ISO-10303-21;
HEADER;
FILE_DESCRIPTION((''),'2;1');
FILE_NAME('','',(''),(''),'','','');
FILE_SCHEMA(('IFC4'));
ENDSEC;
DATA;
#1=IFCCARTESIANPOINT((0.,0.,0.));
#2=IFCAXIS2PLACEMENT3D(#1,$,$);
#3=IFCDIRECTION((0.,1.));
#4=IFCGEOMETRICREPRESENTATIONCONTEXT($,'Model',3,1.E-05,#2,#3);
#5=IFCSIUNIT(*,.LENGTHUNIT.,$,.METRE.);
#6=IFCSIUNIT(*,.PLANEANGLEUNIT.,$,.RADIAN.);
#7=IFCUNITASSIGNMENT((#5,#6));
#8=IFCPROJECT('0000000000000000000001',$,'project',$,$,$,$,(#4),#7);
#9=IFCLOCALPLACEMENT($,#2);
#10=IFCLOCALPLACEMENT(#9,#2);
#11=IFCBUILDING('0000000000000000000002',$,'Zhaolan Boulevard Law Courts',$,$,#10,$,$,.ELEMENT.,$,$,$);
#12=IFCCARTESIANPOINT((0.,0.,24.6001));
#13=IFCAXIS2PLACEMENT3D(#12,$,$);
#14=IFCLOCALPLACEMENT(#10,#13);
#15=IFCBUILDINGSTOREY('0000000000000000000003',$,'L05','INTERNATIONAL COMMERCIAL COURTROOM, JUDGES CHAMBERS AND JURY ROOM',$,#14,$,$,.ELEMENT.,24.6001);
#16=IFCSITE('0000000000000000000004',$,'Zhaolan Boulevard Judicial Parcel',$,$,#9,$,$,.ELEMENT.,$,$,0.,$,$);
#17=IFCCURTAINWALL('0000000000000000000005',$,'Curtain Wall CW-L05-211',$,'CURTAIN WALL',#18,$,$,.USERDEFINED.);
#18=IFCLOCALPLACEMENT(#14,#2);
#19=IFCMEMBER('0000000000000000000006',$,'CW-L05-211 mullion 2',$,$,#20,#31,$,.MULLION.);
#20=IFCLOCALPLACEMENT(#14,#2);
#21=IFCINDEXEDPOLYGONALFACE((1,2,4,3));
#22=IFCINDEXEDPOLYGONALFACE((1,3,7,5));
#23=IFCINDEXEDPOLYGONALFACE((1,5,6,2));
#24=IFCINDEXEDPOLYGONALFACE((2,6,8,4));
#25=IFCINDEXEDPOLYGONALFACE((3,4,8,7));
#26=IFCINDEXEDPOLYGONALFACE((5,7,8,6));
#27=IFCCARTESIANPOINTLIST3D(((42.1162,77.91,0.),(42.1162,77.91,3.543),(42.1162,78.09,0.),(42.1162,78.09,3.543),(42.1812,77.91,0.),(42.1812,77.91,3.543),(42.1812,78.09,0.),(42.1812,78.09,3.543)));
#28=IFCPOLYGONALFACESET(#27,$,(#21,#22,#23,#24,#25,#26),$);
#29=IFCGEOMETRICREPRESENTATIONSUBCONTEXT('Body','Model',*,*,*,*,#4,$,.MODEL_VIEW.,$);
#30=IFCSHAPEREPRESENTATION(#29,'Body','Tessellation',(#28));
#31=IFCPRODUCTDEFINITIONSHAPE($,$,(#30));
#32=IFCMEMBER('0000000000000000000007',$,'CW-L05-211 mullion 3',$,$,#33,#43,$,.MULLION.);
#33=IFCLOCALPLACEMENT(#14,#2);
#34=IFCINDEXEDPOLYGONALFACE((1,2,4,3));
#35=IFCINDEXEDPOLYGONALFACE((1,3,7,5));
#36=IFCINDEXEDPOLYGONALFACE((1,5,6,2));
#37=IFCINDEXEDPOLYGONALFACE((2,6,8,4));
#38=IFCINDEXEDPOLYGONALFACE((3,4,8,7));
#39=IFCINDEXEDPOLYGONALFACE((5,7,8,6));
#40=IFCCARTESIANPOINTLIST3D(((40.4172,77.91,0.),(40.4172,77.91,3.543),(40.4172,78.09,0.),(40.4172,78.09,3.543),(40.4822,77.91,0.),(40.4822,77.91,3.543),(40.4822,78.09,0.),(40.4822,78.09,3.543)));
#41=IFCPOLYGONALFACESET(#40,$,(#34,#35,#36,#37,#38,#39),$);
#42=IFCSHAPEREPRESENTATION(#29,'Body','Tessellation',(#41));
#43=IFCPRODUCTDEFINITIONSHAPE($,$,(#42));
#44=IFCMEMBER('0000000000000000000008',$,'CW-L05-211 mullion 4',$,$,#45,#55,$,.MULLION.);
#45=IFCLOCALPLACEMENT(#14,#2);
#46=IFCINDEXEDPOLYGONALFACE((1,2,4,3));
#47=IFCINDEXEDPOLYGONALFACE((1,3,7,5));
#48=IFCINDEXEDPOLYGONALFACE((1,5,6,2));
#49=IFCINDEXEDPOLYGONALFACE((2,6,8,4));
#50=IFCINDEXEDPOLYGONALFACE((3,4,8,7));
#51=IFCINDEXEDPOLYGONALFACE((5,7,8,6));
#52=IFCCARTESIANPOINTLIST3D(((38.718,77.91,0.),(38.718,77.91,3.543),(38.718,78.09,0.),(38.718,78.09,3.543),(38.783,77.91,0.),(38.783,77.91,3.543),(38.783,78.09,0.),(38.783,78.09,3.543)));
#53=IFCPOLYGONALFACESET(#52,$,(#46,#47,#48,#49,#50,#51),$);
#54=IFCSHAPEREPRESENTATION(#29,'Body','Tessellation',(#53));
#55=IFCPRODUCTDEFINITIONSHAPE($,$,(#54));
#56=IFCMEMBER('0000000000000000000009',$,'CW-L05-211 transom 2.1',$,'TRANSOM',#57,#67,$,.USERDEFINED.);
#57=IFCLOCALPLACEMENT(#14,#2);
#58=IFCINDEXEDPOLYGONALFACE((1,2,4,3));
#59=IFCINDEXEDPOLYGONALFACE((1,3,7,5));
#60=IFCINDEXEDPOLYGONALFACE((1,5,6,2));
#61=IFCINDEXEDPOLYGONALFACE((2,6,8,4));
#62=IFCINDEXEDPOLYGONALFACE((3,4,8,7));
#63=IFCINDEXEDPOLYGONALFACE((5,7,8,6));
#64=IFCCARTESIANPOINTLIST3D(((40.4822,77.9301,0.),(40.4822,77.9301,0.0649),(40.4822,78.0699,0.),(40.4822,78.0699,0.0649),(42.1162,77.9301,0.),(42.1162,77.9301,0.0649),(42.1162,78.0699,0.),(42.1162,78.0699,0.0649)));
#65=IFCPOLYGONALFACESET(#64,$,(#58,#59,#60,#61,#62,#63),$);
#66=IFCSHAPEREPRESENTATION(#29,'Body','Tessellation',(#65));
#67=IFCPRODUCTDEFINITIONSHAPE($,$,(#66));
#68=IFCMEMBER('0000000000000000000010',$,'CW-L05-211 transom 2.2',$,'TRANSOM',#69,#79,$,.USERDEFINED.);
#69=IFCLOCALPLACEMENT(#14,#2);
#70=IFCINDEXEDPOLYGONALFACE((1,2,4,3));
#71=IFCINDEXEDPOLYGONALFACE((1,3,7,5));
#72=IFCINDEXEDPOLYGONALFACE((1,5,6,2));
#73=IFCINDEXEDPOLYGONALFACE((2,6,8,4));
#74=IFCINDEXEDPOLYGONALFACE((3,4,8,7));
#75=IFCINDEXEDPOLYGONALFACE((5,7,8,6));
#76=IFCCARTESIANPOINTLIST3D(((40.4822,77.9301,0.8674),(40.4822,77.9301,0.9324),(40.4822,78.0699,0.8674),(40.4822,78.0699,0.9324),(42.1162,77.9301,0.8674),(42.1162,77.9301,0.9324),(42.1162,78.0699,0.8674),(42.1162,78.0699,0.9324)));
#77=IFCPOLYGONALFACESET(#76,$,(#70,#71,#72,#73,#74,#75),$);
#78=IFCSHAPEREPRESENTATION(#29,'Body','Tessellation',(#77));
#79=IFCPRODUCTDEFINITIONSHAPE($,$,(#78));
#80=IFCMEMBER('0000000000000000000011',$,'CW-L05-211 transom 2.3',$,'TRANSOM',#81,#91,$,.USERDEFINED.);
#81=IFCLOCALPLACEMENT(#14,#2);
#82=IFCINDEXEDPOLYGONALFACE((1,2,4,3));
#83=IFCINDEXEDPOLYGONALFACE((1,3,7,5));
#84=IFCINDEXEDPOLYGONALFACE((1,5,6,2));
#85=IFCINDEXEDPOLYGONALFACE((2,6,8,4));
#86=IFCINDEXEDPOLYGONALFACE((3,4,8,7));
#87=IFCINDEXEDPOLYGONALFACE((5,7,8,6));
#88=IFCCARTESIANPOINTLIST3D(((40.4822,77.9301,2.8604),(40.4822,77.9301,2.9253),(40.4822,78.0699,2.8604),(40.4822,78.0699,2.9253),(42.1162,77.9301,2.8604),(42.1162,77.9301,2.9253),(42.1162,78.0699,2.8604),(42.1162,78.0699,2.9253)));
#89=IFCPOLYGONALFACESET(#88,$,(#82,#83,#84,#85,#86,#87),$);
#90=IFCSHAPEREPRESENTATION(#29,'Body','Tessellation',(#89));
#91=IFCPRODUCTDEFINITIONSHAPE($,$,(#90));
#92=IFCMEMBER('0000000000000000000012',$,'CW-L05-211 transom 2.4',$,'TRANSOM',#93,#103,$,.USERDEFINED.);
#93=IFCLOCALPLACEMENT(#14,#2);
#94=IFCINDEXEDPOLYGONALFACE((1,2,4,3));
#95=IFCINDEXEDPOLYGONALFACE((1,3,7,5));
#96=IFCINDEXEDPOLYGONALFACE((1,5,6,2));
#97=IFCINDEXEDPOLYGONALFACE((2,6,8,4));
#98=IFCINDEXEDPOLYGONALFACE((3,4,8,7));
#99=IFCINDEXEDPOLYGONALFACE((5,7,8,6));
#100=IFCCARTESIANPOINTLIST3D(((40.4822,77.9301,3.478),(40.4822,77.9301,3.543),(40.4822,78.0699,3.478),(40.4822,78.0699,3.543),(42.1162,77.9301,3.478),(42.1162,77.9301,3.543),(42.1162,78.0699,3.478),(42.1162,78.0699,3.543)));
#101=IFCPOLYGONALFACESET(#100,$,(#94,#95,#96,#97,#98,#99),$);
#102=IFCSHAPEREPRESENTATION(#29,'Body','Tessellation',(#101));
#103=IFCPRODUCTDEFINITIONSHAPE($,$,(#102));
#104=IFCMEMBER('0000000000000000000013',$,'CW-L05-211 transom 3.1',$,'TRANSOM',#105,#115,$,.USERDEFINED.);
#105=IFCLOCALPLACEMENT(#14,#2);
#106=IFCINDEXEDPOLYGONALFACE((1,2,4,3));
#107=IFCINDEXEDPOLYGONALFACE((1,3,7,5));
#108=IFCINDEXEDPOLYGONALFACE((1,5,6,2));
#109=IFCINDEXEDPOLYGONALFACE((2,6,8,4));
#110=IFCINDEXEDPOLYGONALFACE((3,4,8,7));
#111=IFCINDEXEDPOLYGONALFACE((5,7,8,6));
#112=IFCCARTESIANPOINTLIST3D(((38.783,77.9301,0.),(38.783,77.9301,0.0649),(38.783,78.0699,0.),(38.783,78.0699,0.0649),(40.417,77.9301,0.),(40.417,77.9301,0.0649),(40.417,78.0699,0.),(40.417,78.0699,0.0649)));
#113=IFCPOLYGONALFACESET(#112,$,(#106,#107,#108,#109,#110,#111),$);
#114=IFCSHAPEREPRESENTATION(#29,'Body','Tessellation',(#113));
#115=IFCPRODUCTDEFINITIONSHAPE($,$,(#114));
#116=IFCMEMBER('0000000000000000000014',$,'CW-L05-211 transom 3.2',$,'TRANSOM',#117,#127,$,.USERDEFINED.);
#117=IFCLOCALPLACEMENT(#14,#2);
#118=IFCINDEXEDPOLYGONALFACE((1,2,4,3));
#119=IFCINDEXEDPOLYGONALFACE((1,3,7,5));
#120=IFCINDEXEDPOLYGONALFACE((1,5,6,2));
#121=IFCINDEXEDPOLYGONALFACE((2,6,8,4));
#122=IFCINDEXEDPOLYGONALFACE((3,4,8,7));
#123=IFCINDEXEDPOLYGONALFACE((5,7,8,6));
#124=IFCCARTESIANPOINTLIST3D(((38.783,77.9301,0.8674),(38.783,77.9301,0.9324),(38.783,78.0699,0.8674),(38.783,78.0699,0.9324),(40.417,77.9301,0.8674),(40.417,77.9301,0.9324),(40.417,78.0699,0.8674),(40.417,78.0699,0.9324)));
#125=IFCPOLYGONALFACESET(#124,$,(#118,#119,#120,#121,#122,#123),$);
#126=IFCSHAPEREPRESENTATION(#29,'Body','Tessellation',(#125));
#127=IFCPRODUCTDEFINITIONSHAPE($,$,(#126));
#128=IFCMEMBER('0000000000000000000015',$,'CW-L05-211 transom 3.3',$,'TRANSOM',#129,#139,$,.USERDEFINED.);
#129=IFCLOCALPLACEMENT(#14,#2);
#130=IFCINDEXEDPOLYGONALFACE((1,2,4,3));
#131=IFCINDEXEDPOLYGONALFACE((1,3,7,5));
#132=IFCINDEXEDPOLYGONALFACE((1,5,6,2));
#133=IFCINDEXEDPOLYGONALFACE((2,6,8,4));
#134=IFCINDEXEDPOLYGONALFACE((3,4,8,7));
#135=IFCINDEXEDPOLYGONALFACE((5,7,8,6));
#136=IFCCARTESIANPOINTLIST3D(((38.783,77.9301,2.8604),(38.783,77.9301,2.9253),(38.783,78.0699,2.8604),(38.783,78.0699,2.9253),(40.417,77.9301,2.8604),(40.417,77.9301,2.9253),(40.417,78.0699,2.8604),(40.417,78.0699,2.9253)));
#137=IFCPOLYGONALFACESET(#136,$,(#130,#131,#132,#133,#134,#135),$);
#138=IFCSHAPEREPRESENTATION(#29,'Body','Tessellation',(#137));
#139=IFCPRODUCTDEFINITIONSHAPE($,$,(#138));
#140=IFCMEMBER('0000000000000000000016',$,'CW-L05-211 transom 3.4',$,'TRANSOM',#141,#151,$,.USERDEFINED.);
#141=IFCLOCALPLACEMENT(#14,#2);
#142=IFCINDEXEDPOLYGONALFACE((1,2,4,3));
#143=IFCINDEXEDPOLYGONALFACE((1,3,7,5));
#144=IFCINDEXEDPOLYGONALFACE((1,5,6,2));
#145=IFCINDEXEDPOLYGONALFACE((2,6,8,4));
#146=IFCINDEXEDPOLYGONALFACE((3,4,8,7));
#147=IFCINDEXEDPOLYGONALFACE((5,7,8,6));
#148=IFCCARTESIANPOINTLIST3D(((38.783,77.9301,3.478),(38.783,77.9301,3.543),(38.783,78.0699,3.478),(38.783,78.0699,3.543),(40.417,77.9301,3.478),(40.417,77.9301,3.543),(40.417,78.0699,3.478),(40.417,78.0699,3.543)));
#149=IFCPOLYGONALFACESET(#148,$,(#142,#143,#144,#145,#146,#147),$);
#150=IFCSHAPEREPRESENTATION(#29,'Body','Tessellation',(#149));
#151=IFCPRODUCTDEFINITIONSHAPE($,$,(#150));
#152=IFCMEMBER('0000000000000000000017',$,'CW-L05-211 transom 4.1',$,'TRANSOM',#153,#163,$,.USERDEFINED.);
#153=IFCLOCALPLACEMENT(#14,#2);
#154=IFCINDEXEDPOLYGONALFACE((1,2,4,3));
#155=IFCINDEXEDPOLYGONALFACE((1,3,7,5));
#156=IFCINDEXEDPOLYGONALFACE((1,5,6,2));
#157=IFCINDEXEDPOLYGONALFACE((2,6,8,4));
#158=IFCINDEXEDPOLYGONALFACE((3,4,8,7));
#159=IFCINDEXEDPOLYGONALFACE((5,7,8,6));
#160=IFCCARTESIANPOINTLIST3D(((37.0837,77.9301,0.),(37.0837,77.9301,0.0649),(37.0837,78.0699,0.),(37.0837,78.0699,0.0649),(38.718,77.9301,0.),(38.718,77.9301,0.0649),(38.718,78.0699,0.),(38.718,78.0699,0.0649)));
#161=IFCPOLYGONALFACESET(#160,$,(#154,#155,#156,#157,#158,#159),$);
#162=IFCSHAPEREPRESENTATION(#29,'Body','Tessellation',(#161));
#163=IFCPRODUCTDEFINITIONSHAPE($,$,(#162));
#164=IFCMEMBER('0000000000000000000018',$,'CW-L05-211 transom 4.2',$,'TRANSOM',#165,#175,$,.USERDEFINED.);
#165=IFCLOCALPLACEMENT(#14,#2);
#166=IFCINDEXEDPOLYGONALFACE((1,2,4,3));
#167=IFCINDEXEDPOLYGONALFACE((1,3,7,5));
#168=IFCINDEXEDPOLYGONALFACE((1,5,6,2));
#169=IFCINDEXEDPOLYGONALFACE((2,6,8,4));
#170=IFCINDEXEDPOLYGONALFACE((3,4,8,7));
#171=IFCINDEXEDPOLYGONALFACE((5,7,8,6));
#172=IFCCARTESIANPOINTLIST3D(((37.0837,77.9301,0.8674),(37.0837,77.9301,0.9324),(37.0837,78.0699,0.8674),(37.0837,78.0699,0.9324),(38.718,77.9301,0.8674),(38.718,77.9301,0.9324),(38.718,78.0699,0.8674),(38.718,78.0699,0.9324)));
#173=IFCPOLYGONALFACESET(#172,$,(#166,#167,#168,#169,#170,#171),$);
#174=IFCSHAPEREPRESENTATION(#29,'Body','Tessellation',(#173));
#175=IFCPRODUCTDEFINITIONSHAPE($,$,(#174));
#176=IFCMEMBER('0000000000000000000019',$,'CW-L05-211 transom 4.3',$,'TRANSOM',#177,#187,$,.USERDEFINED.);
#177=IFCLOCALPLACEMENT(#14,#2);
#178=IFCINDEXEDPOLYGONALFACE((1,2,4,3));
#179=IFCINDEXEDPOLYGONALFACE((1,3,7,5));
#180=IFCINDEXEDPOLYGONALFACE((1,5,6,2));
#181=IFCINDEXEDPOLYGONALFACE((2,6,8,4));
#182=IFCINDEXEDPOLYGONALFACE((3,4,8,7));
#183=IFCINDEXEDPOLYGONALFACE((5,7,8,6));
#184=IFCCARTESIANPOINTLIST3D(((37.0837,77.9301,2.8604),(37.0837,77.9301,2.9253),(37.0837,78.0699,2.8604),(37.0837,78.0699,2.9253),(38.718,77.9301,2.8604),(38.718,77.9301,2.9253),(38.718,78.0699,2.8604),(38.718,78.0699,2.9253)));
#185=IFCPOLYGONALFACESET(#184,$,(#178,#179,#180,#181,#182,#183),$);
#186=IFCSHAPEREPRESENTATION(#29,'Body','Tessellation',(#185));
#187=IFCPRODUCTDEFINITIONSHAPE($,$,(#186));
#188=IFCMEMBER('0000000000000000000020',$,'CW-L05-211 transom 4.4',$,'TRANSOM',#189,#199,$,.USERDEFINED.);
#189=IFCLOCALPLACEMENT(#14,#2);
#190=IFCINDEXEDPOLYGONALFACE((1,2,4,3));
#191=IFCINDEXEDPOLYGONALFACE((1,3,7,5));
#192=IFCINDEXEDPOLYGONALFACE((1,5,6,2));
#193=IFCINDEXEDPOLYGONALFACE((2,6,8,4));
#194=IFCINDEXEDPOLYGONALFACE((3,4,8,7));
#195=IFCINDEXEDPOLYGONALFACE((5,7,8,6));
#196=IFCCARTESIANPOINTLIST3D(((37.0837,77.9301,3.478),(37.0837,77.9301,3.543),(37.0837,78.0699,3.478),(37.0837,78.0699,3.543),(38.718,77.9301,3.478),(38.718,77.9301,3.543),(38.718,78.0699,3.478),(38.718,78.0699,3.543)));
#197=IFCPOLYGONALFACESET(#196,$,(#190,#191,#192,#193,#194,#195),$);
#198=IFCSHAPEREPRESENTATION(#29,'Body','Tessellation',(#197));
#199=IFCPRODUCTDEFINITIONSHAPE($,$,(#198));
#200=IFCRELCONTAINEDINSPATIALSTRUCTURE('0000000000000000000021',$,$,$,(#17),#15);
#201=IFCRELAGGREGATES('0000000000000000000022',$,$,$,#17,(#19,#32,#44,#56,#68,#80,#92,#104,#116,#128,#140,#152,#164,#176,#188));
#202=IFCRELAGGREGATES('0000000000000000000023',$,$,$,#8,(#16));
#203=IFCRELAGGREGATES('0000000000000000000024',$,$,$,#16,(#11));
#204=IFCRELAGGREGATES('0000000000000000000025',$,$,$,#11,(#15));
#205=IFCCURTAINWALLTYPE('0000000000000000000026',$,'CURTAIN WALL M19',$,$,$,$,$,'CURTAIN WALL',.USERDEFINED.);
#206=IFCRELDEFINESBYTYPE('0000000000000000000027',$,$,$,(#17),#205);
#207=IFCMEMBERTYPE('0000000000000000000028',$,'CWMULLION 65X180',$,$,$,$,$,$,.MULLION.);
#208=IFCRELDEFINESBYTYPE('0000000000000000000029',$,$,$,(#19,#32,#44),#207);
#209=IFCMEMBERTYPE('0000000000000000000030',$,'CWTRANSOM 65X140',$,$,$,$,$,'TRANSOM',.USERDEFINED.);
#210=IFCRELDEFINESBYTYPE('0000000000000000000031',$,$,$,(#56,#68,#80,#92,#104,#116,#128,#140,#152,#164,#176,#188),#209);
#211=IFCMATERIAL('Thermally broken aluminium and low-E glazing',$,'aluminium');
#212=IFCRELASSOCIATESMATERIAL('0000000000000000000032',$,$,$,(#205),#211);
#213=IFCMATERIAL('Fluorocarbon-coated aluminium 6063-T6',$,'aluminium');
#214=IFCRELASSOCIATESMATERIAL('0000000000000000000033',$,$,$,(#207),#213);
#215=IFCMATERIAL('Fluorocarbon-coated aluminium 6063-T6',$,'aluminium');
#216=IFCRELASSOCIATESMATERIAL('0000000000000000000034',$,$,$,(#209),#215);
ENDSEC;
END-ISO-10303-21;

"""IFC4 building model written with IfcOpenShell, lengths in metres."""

from ifc_helpers import new_model, si_unit, direction, frame, origin, origin_2d, place, context, subcontext, project, spatial, rectangle, extrude, material, material_profile, profile_set, type_object, element, aggregate, save


model = new_model("IFC4")

# Units and contexts
model_context = context("Model", 3, precision=1e-05, world=origin(), true_north=direction((0.0, 1.0)))
body_context = subcontext(model_context, "Body", "Model", "MODEL_VIEW")
ifc_project = project(units=[si_unit("LENGTHUNIT", "METRE"), si_unit("PLANEANGLEUNIT", "RADIAN")], contexts=[model_context])

# Site, building, storey
site_placement = place(None, origin())
site = spatial("IfcSite", under=ifc_project, at=site_placement, Name="Zhaolan Boulevard Judicial Parcel", CompositionType="ELEMENT", RefElevation=0.0)
building_placement = place(site_placement, origin())
building = spatial("IfcBuilding", under=site, at=building_placement, Name="Zhaolan Boulevard Law Courts", CompositionType="ELEMENT")
storey_placement = place(building_placement, frame((0.0, 0.0, 24.6001)))
storey = spatial("IfcBuildingStorey", under=building, at=storey_placement, Name="L05", Description="INTERNATIONAL COMMERCIAL COURTROOM, JUDGES CHAMBERS AND JURY ROOM", CompositionType="ELEMENT", Elevation=24.6001)

# Curtain wall, members
ifc_material_1 = material(Name="Thermally broken aluminium and low-E glazing", Category="aluminium")
curtain_wall_type = type_object("IfcCurtainWallType", Name="CURTAIN WALL M19", ElementType="CURTAIN WALL", PredefinedType="USERDEFINED", material=ifc_material_1)
curtain_wall_placement = place(storey_placement, origin())
curtain_wall = element("IfcCurtainWall", 1, at=curtain_wall_placement, inside=storey, type_object=curtain_wall_type, Name="Curtain Wall CW-L05-211", ObjectType="CURTAIN WALL", PredefinedType="USERDEFINED")
ifc_material_2 = material(Name="Fluorocarbon-coated aluminium 6063-T6", Category="aluminium")
ifc_material_profile_1 = material_profile(ifc_material_2, rectangle(XDim=0.1799, YDim=0.0649, at=origin_2d()), Name="AL65x180")
ifc_profile_set_1 = profile_set([ifc_material_profile_1], Name="Fluorocarbon-coated aluminium 6063-T6")
member_type_1 = type_object("IfcMemberType", Name="CWMULLION 65X180", PredefinedType="MULLION", material=ifc_profile_set_1)
member_1_placement = place(storey_placement, frame((42.1487, 78.0, 0.0), z_axis=(0.0, 0.0, 1.0), x_axis=(0.0, -1.0, 0.0)))
member_1 = element("IfcMember", 2, at=member_1_placement, type_object=member_type_1, Name="CW-L05-211 mullion 2", PredefinedType="MULLION", context=body_context, shape_type="SweptSolid", body=[
    extrude(rectangle(XDim=0.1799, YDim=0.0649, at=origin_2d()), origin(), (0.0, 0.0, 1.0), 3.543),
])
member_2_placement = place(storey_placement, frame((40.4497, 78.0, 0.0), z_axis=(0.0, 0.0, 1.0), x_axis=(0.0, -1.0, 0.0)))
member_2 = element("IfcMember", 3, at=member_2_placement, type_object=member_type_1, Name="CW-L05-211 mullion 3", PredefinedType="MULLION", context=body_context, shape_type="SweptSolid", body=[
    extrude(rectangle(XDim=0.1799, YDim=0.0649, at=origin_2d()), origin(), (0.0, 0.0, 1.0), 3.543),
])
member_3_placement = place(storey_placement, frame((38.7505, 78.0, 0.0), z_axis=(0.0, 0.0, 1.0), x_axis=(0.0, -1.0, 0.0)))
member_3 = element("IfcMember", 4, at=member_3_placement, type_object=member_type_1, Name="CW-L05-211 mullion 4", PredefinedType="MULLION", context=body_context, shape_type="SweptSolid", body=[
    extrude(rectangle(XDim=0.1799, YDim=0.0649, at=origin_2d()), origin(), (0.0, 0.0, 1.0), 3.543),
])
ifc_material_3 = material(Name="Fluorocarbon-coated aluminium 6063-T6", Category="aluminium")
ifc_material_profile_2 = material_profile(ifc_material_3, rectangle(XDim=0.1399, YDim=0.0649, at=origin_2d()), Name="AL65x140")
ifc_profile_set_2 = profile_set([ifc_material_profile_2], Name="Fluorocarbon-coated aluminium 6063-T6")
member_type_2 = type_object("IfcMemberType", Name="CWTRANSOM 65X140", ElementType="TRANSOM", PredefinedType="USERDEFINED", material=ifc_profile_set_2)
member_4_placement = place(storey_placement, frame((42.1162, 78.0, 0.0325), z_axis=(-1.0, 0.0, 0.0), x_axis=(0.0, -1.0, 0.0)))
member_4 = element("IfcMember", 5, at=member_4_placement, type_object=member_type_2, Name="CW-L05-211 transom 2.1", ObjectType="TRANSOM", PredefinedType="USERDEFINED", context=body_context, shape_type="SweptSolid", body=[
    extrude(rectangle(XDim=0.1399, YDim=0.0649, at=origin_2d()), origin(), (0.0, 0.0, 1.0), 1.634),
])
member_5_placement = place(storey_placement, frame((42.1162, 78.0, 0.8999), z_axis=(-1.0, 0.0, 0.0), x_axis=(0.0, -1.0, 0.0)))
member_5 = element("IfcMember", 6, at=member_5_placement, type_object=member_type_2, Name="CW-L05-211 transom 2.2", ObjectType="TRANSOM", PredefinedType="USERDEFINED", context=body_context, shape_type="SweptSolid", body=[
    extrude(rectangle(XDim=0.1399, YDim=0.0649, at=origin_2d()), origin(), (0.0, 0.0, 1.0), 1.634),
])
member_6_placement = place(storey_placement, frame((42.1162, 78.0, 2.8928), z_axis=(-1.0, 0.0, 0.0), x_axis=(0.0, -1.0, 0.0)))
member_6 = element("IfcMember", 7, at=member_6_placement, type_object=member_type_2, Name="CW-L05-211 transom 2.3", ObjectType="TRANSOM", PredefinedType="USERDEFINED", context=body_context, shape_type="SweptSolid", body=[
    extrude(rectangle(XDim=0.1399, YDim=0.0649, at=origin_2d()), origin(), (0.0, 0.0, 1.0), 1.634),
])
member_7_placement = place(storey_placement, frame((42.1162, 78.0, 3.5105), z_axis=(-1.0, 0.0, 0.0), x_axis=(0.0, -1.0, 0.0)))
member_7 = element("IfcMember", 8, at=member_7_placement, type_object=member_type_2, Name="CW-L05-211 transom 2.4", ObjectType="TRANSOM", PredefinedType="USERDEFINED", context=body_context, shape_type="SweptSolid", body=[
    extrude(rectangle(XDim=0.1399, YDim=0.0649, at=origin_2d()), origin(), (0.0, 0.0, 1.0), 1.634),
])
member_8_placement = place(storey_placement, frame((40.417, 78.0, 0.0325), z_axis=(-1.0, 0.0, 0.0), x_axis=(0.0, -1.0, 0.0)))
member_8 = element("IfcMember", 9, at=member_8_placement, type_object=member_type_2, Name="CW-L05-211 transom 3.1", ObjectType="TRANSOM", PredefinedType="USERDEFINED", context=body_context, shape_type="SweptSolid", body=[
    extrude(rectangle(XDim=0.1399, YDim=0.0649, at=origin_2d()), origin(), (0.0, 0.0, 1.0), 1.634),
])
member_9_placement = place(storey_placement, frame((40.417, 78.0, 0.8999), z_axis=(-1.0, 0.0, 0.0), x_axis=(0.0, -1.0, 0.0)))
member_9 = element("IfcMember", 10, at=member_9_placement, type_object=member_type_2, Name="CW-L05-211 transom 3.2", ObjectType="TRANSOM", PredefinedType="USERDEFINED", context=body_context, shape_type="SweptSolid", body=[
    extrude(rectangle(XDim=0.1399, YDim=0.0649, at=origin_2d()), origin(), (0.0, 0.0, 1.0), 1.634),
])
member_10_placement = place(storey_placement, frame((40.417, 78.0, 2.8928), z_axis=(-1.0, 0.0, 0.0), x_axis=(0.0, -1.0, 0.0)))
member_10 = element("IfcMember", 11, at=member_10_placement, type_object=member_type_2, Name="CW-L05-211 transom 3.3", ObjectType="TRANSOM", PredefinedType="USERDEFINED", context=body_context, shape_type="SweptSolid", body=[
    extrude(rectangle(XDim=0.1399, YDim=0.0649, at=origin_2d()), origin(), (0.0, 0.0, 1.0), 1.634),
])
member_11_placement = place(storey_placement, frame((40.417, 78.0, 3.5105), z_axis=(-1.0, 0.0, 0.0), x_axis=(0.0, -1.0, 0.0)))
member_11 = element("IfcMember", 12, at=member_11_placement, type_object=member_type_2, Name="CW-L05-211 transom 3.4", ObjectType="TRANSOM", PredefinedType="USERDEFINED", context=body_context, shape_type="SweptSolid", body=[
    extrude(rectangle(XDim=0.1399, YDim=0.0649, at=origin_2d()), origin(), (0.0, 0.0, 1.0), 1.634),
])
member_12_placement = place(storey_placement, frame((38.718, 78.0, 0.0325), z_axis=(-1.0, 0.0, 0.0), x_axis=(0.0, -1.0, 0.0)))
member_12 = element("IfcMember", 13, at=member_12_placement, type_object=member_type_2, Name="CW-L05-211 transom 4.1", ObjectType="TRANSOM", PredefinedType="USERDEFINED", context=body_context, shape_type="SweptSolid", body=[
    extrude(rectangle(XDim=0.1399, YDim=0.0649, at=origin_2d()), origin(), (0.0, 0.0, 1.0), 1.6343),
])
member_13_placement = place(storey_placement, frame((38.718, 78.0, 0.8999), z_axis=(-1.0, 0.0, 0.0), x_axis=(0.0, -1.0, 0.0)))
member_13 = element("IfcMember", 14, at=member_13_placement, type_object=member_type_2, Name="CW-L05-211 transom 4.2", ObjectType="TRANSOM", PredefinedType="USERDEFINED", context=body_context, shape_type="SweptSolid", body=[
    extrude(rectangle(XDim=0.1399, YDim=0.0649, at=origin_2d()), origin(), (0.0, 0.0, 1.0), 1.6343),
])
member_14_placement = place(storey_placement, frame((38.718, 78.0, 2.8928), z_axis=(-1.0, 0.0, 0.0), x_axis=(0.0, -1.0, 0.0)))
member_14 = element("IfcMember", 15, at=member_14_placement, type_object=member_type_2, Name="CW-L05-211 transom 4.3", ObjectType="TRANSOM", PredefinedType="USERDEFINED", context=body_context, shape_type="SweptSolid", body=[
    extrude(rectangle(XDim=0.1399, YDim=0.0649, at=origin_2d()), origin(), (0.0, 0.0, 1.0), 1.6343),
])
member_15_placement = place(storey_placement, frame((38.718, 78.0, 3.5105), z_axis=(-1.0, 0.0, 0.0), x_axis=(0.0, -1.0, 0.0)))
member_15 = element("IfcMember", 16, at=member_15_placement, type_object=member_type_2, Name="CW-L05-211 transom 4.4", ObjectType="TRANSOM", PredefinedType="USERDEFINED", context=body_context, shape_type="SweptSolid", body=[
    extrude(rectangle(XDim=0.1399, YDim=0.0649, at=origin_2d()), origin(), (0.0, 0.0, 1.0), 1.6343),
])
aggregate(curtain_wall, [member_1, member_2, member_3, member_4, member_5, member_6, member_7, member_8, member_9, member_10, member_11, member_12, member_13, member_14, member_15])

save(model, "model.ifc")
